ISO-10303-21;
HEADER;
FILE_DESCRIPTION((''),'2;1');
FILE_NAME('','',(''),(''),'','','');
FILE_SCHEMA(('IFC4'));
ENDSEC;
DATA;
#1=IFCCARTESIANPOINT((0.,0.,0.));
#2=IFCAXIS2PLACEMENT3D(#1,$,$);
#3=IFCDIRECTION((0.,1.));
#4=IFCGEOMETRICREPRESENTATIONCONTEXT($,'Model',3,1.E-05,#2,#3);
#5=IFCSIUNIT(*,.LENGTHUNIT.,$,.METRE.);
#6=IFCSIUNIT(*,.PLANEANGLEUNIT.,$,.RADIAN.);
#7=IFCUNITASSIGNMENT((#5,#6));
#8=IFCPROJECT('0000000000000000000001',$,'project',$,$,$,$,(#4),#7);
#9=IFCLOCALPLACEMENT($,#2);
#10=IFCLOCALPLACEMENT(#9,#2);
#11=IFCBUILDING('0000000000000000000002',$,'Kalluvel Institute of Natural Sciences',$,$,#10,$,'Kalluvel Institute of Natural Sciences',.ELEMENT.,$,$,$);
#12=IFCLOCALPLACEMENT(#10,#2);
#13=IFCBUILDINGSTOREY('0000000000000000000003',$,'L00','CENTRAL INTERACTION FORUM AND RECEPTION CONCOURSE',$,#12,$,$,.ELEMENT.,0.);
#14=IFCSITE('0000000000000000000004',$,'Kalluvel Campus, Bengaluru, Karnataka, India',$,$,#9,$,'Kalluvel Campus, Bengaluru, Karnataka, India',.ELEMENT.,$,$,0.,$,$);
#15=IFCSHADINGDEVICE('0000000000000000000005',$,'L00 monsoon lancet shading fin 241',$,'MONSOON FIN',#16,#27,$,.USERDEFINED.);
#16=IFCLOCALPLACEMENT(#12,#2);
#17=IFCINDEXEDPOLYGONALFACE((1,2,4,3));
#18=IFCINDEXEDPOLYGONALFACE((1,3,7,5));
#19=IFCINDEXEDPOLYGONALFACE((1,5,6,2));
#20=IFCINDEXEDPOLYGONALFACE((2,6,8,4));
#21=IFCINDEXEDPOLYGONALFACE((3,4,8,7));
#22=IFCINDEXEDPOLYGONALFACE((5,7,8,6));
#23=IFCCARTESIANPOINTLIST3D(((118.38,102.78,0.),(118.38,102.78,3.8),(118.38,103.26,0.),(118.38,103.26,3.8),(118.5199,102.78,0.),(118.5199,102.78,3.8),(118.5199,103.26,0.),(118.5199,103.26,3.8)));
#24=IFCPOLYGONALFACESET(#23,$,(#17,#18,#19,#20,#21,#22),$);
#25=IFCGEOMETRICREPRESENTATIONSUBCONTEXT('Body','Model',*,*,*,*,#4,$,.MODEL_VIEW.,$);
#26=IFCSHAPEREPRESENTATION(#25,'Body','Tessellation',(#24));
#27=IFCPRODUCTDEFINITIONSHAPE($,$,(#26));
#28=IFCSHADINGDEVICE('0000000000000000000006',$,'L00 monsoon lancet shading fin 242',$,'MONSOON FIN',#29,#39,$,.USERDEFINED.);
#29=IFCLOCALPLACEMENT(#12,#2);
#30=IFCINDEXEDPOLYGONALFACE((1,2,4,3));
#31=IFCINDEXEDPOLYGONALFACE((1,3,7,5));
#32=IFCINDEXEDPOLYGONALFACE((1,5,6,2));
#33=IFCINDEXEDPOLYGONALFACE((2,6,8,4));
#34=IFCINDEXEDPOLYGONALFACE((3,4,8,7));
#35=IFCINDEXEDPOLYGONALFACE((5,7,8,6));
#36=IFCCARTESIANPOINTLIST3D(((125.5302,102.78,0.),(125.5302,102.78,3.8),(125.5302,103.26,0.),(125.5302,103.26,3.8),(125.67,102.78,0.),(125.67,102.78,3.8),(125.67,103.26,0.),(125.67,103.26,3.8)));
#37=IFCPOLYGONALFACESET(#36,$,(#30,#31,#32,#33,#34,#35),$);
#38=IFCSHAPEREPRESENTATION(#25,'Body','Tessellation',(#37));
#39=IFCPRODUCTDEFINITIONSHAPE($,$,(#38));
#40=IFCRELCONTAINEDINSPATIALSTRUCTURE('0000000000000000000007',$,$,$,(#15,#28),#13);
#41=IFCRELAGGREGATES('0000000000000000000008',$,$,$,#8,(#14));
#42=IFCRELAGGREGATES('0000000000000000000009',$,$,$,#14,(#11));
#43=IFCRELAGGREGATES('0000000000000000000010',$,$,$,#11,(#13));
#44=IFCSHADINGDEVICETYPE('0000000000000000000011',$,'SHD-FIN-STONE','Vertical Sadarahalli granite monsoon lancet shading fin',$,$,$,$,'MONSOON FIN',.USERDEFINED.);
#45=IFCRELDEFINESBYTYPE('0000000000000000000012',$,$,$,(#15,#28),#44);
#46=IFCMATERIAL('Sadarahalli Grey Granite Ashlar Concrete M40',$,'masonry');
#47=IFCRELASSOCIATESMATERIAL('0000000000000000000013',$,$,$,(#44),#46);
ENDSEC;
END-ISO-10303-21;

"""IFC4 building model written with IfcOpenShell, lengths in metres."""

from ifc_helpers import new_model, si_unit, direction, frame, origin, origin_2d, place, context, subcontext, project, spatial, rectangle, extrude, material, type_object, element, save


model = new_model("IFC4")

# Units and contexts
model_context = context("Model", 3, precision=1e-05, world=origin(), true_north=direction((0.0, 1.0)))
body_context = subcontext(model_context, "Body", "Model", "MODEL_VIEW")
ifc_project = project(units=[si_unit("LENGTHUNIT", "METRE"), si_unit("PLANEANGLEUNIT", "RADIAN")], contexts=[model_context])

# Site, building, storey
site_placement = place(None, origin())
site = spatial("IfcSite", under=ifc_project, at=site_placement, Name="Kalluvel Campus, Bengaluru, Karnataka, India", LongName="Kalluvel Campus, Bengaluru, Karnataka, India", CompositionType="ELEMENT", RefElevation=0.0)
building_placement = place(site_placement, origin())
building = spatial("IfcBuilding", under=site, at=building_placement, Name="Kalluvel Institute of Natural Sciences", LongName="Kalluvel Institute of Natural Sciences", CompositionType="ELEMENT")
storey_placement = place(building_placement, origin())
storey = spatial("IfcBuildingStorey", under=building, at=storey_placement, Name="L00", Description="CENTRAL INTERACTION FORUM AND RECEPTION CONCOURSE", CompositionType="ELEMENT", Elevation=0.0)

# Shared definitions
ifc_material_1 = material(Name="Sadarahalli Grey Granite Ashlar Concrete M40", Category="masonry")

# Shading devices
shading_device_type = type_object("IfcShadingDeviceType", Name="SHD-FIN-STONE", Description="Vertical Sadarahalli granite monsoon lancet shading fin", ElementType="MONSOON FIN", PredefinedType="USERDEFINED", material=ifc_material_1)
for number, where, z_axis, x_axis, name in (
    (1, (118.45, 103.02, 0.0), (0.0, 0.0, 1.0), (1.0, 0.0, 0.0), "L00 monsoon lancet shading fin 241"),
    (2, (125.6001, 103.02, 0.0), (0.0, 0.0, 1.0), (1.0, 0.0, 0.0), "L00 monsoon lancet shading fin 242"),
):
    element("IfcShadingDevice", number, at=place(storey_placement, frame(where, z_axis=z_axis, x_axis=x_axis)), inside=storey, type_object=shading_device_type, Name=name, ObjectType="MONSOON FIN", PredefinedType="USERDEFINED", context=body_context, shape_type="SweptSolid", body=[
        extrude(rectangle(XDim=0.1399, YDim=0.48, at=origin_2d()), origin(), (0.0, 0.0, 1.0), 3.8),
    ])

save(model, "model.ifc")
